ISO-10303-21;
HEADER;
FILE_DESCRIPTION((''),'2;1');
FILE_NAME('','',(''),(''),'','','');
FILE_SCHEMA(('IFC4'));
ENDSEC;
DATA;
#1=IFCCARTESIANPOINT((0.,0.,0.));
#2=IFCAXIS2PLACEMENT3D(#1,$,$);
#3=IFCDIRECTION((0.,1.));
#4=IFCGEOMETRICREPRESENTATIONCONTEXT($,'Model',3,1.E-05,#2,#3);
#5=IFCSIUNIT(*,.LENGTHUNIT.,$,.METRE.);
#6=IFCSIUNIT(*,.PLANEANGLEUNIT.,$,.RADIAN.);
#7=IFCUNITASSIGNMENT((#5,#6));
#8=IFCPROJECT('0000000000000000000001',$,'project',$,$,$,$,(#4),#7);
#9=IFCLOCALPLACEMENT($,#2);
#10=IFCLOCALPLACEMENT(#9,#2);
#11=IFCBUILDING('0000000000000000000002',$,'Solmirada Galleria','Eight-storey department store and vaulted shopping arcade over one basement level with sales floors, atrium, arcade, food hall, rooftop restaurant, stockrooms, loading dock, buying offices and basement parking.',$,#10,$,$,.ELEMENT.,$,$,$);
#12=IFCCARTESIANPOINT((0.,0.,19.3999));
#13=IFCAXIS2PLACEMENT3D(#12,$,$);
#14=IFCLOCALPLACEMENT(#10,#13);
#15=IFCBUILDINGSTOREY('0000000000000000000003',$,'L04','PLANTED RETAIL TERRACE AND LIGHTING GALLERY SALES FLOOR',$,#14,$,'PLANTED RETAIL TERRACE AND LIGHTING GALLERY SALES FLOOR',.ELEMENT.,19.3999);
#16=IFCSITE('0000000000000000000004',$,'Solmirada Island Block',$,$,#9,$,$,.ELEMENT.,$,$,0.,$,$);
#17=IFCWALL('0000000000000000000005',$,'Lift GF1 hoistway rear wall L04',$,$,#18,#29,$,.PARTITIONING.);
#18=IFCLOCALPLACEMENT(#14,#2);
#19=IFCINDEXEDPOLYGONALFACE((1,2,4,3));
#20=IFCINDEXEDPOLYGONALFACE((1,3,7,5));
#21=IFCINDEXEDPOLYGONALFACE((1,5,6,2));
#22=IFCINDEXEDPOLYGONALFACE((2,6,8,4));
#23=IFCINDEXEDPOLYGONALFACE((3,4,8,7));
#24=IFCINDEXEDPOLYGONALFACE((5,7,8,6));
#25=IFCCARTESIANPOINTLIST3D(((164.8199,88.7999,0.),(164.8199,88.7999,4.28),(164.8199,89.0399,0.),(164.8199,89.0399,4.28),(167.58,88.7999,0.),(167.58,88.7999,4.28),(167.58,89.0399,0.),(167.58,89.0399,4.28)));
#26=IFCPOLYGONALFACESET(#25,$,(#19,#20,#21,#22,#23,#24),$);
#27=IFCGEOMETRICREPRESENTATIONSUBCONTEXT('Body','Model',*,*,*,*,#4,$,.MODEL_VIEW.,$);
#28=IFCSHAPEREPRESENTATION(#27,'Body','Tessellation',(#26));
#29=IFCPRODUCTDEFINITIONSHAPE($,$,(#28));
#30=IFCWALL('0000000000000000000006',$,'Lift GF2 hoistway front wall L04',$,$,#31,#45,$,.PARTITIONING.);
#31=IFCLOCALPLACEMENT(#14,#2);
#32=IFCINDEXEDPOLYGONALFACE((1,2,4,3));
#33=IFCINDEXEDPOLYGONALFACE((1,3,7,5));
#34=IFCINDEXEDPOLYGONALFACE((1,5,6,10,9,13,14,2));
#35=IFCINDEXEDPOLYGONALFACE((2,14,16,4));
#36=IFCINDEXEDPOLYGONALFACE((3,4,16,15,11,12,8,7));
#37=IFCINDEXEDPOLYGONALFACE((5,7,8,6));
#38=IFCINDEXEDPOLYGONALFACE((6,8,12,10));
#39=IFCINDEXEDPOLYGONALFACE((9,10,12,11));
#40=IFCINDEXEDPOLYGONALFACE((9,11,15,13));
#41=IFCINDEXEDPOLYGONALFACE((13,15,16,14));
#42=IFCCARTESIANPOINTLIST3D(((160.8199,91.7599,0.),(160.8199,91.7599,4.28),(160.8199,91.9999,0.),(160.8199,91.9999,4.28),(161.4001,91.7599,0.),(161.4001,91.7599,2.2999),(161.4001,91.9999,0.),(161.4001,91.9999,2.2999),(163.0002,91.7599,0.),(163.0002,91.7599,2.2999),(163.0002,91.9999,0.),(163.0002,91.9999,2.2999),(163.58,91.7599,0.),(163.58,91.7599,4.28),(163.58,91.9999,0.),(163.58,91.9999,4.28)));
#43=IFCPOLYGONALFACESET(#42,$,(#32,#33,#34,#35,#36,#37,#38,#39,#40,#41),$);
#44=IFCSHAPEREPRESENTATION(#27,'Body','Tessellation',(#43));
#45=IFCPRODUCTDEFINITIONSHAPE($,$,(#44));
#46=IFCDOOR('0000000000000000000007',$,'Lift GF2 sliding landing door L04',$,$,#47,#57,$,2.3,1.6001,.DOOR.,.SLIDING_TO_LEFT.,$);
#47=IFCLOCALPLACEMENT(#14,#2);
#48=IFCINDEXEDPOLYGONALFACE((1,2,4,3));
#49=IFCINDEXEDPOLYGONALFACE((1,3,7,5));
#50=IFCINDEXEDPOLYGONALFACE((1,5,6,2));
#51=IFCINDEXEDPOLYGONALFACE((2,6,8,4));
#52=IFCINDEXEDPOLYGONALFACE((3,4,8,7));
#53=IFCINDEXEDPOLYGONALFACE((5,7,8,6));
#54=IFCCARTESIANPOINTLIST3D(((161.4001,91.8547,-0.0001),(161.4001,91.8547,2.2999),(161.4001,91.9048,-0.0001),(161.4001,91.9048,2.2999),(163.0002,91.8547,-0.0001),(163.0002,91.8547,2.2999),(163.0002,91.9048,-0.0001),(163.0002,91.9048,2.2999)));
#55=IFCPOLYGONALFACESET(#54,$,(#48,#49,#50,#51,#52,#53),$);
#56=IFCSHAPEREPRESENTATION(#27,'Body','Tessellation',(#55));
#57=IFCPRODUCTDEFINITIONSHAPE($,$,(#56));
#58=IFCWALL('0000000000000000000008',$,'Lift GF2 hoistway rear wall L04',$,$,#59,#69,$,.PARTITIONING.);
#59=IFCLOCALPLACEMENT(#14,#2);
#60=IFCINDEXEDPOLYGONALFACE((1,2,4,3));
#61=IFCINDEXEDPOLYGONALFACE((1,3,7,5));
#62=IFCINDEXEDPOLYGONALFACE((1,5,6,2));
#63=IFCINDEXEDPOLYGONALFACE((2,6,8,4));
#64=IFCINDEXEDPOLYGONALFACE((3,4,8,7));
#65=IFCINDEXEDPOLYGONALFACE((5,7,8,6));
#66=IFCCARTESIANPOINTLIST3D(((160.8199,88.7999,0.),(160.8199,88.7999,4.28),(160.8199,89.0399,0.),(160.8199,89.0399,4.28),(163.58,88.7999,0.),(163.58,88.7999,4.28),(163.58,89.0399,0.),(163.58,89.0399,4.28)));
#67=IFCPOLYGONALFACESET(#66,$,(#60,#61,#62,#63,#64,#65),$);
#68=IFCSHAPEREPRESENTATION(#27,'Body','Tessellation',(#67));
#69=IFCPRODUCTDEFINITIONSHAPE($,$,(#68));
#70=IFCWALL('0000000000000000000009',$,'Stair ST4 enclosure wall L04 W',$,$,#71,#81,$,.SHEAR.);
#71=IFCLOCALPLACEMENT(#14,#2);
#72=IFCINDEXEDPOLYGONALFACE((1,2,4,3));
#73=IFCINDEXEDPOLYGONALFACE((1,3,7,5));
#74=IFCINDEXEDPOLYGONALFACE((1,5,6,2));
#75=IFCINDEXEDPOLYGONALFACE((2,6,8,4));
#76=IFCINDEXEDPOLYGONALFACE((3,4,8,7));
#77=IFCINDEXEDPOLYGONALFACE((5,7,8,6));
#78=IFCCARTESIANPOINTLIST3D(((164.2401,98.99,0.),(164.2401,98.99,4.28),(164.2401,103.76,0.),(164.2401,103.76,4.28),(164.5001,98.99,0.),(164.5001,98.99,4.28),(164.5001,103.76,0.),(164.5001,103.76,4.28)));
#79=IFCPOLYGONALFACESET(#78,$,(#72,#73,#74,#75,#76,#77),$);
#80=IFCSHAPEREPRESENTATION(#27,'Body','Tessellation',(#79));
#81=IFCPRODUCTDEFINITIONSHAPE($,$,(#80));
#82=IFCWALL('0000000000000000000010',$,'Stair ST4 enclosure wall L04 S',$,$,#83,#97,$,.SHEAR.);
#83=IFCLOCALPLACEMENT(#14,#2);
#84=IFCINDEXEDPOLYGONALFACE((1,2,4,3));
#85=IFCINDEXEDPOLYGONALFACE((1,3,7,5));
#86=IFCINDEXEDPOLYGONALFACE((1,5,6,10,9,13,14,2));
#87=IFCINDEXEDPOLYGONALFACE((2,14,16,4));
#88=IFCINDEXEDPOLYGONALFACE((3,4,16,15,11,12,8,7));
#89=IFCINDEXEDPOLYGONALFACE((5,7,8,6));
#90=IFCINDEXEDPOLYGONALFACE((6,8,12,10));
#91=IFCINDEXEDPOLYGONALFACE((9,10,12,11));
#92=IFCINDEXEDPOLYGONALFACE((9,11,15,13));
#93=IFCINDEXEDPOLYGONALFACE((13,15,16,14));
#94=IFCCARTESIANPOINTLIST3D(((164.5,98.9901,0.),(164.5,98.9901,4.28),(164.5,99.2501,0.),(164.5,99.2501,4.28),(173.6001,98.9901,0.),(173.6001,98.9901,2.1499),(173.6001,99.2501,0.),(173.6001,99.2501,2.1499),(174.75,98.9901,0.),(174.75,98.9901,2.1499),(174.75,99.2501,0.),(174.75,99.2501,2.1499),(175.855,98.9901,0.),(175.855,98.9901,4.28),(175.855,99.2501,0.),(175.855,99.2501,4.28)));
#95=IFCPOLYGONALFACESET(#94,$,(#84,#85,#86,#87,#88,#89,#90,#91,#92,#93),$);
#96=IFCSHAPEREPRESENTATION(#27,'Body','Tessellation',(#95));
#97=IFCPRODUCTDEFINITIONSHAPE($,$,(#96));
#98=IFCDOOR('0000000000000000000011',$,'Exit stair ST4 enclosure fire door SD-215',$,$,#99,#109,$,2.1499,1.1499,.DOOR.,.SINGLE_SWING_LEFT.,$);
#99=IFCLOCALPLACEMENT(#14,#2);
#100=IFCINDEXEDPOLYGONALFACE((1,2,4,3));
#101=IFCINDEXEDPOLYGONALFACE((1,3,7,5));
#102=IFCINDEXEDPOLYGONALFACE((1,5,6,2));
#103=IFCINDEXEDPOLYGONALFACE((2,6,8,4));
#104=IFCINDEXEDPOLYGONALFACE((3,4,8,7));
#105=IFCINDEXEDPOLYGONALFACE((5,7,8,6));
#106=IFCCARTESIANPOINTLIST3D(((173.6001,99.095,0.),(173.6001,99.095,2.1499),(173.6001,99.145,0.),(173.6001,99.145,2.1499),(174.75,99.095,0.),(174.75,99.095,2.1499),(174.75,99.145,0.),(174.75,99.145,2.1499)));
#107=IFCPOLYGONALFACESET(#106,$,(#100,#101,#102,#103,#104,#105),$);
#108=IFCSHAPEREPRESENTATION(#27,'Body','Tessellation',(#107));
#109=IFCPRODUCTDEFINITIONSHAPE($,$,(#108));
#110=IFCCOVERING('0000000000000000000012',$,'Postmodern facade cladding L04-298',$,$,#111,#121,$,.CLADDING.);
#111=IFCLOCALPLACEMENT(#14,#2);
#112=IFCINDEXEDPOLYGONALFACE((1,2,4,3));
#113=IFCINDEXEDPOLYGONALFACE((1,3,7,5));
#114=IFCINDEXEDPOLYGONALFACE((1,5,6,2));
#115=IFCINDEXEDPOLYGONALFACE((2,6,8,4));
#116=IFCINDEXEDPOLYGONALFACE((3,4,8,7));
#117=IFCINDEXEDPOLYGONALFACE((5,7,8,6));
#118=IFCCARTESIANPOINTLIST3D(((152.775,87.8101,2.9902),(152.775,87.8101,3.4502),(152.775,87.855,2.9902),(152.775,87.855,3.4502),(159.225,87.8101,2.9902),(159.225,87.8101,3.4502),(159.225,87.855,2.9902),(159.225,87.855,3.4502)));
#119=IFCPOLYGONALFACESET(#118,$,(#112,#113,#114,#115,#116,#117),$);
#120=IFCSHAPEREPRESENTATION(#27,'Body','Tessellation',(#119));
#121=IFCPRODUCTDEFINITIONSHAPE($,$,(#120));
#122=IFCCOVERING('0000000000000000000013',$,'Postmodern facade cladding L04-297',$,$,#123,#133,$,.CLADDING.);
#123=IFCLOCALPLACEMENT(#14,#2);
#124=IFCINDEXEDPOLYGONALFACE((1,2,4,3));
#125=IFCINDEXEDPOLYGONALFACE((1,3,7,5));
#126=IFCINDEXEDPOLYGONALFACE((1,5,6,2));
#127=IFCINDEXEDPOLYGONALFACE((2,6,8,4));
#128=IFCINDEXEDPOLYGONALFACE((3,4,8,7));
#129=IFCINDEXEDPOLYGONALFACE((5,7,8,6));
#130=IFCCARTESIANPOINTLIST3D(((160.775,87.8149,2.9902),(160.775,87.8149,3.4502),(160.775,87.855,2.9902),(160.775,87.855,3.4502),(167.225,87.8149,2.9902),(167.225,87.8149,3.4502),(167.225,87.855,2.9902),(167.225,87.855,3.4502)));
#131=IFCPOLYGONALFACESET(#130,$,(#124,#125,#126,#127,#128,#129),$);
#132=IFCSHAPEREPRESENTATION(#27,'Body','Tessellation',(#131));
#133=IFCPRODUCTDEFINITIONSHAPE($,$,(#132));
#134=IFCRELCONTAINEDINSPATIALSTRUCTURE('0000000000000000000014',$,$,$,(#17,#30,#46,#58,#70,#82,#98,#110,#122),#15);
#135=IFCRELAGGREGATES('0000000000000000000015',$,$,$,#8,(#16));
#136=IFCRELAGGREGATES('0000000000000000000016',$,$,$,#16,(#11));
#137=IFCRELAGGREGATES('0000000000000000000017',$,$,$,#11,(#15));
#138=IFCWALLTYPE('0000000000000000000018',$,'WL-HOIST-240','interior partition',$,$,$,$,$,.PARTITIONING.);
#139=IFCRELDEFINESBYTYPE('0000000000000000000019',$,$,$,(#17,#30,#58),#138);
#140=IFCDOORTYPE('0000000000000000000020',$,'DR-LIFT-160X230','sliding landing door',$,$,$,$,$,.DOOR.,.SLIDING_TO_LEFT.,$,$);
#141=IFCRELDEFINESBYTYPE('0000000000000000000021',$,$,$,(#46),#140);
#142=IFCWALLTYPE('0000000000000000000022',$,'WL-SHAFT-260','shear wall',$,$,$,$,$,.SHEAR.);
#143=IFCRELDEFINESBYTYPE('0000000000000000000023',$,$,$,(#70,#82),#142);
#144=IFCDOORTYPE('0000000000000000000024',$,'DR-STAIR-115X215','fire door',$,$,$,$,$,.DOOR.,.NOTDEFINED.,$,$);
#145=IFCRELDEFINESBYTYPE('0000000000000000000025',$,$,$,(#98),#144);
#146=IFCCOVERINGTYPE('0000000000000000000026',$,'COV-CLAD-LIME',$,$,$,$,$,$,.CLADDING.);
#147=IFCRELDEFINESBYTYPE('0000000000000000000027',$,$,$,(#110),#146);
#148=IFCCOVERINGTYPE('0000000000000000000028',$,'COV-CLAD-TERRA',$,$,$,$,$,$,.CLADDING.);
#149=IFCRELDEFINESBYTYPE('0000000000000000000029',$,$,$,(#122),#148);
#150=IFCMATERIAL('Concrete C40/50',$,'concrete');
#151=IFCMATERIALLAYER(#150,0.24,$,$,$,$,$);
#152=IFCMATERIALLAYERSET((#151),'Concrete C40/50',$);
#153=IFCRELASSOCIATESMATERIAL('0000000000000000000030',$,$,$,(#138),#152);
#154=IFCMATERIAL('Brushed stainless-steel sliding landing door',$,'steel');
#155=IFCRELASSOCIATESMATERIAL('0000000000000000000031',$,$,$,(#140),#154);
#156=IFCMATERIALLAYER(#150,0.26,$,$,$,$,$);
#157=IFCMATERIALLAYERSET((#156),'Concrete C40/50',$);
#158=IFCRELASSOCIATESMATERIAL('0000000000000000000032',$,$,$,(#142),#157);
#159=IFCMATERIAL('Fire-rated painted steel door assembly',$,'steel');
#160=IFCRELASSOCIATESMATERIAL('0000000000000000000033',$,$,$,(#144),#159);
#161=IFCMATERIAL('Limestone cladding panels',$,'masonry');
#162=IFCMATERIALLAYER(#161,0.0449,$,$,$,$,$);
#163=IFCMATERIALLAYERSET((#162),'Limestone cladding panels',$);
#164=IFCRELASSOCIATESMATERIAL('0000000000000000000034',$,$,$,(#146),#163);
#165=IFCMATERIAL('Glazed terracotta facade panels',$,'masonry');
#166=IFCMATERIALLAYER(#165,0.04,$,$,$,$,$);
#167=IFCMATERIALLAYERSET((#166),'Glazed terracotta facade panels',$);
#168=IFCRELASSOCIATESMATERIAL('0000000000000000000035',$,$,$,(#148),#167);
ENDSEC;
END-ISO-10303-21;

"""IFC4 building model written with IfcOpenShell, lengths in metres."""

from ifc_helpers import new_model, si_unit, direction, frame, frame_2d, origin, origin_2d, place, context, subcontext, project, spatial, rectangle, extrude, material, layer, layer_set, type_object, element, fill, save


model = new_model("IFC4")

# Units and contexts
model_context = context("Model", 3, precision=1e-05, world=origin(), true_north=direction((0.0, 1.0)))
body_context = subcontext(model_context, "Body", "Model", "MODEL_VIEW")
ifc_project = project(units=[si_unit("LENGTHUNIT", "METRE"), si_unit("PLANEANGLEUNIT", "RADIAN")], contexts=[model_context])

# Site, building, storey
site_placement = place(None, origin())
site = spatial("IfcSite", under=ifc_project, at=site_placement, Name="Solmirada Island Block", CompositionType="ELEMENT", RefElevation=0.0)
building_placement = place(site_placement, origin())
building = spatial("IfcBuilding", under=site, at=building_placement, Name="Solmirada Galleria", Description="Eight-storey department store and vaulted shopping arcade over one basement level with sales floors, atrium, arcade, food hall, rooftop restaurant, stockrooms, loading dock, buying offices and basement parking.", CompositionType="ELEMENT")
storey_placement = place(building_placement, frame((0.0, 0.0, 19.3999)))
storey = spatial("IfcBuildingStorey", under=building, at=storey_placement, Name="L04", Description="PLANTED RETAIL TERRACE AND LIGHTING GALLERY SALES FLOOR", LongName="PLANTED RETAIL TERRACE AND LIGHTING GALLERY SALES FLOOR", CompositionType="ELEMENT", Elevation=19.3999)

# Shared definitions
ifc_material_1 = material(Name="Concrete C40/50", Category="concrete")

# Shared definitions
ifc_layer_1 = layer(ifc_material_1, 0.24)
ifc_layer_set_1 = layer_set([ifc_layer_1], Name="Concrete C40/50")
wall_type_1 = type_object("IfcWallType", Name="WL-HOIST-240", Description="interior partition", PredefinedType="PARTITIONING", material=ifc_layer_set_1)
ifc_material_2 = material(Name="Brushed stainless-steel sliding landing door", Category="steel")
door_type_1 = type_object("IfcDoorType", Name="DR-LIFT-160X230", Description="sliding landing door", OperationType="SLIDING_TO_LEFT", PredefinedType="DOOR", material=ifc_material_2)

# Wall
wall_1_placement = place(storey_placement, frame((164.8201, 88.9199, 0.0), z_axis=(0.0, 0.0, 1.0), x_axis=(1.0, 0.0, 0.0)))
element("IfcWall", 1, at=wall_1_placement, inside=storey, type_object=wall_type_1, Name="Lift GF1 hoistway rear wall L04", PredefinedType="PARTITIONING", context=body_context, shape_type="SweptSolid", body=[
    extrude(rectangle(XDim=2.76, YDim=0.24, at=frame_2d((1.3799, 0.0))), origin(), (0.0, 0.0, 1.0), 4.28),
])

# Wall, opening, door
wall_2_placement = place(storey_placement, frame((160.8201, 91.8799, 0.0), z_axis=(0.0, 0.0, 1.0), x_axis=(1.0, 0.0, 0.0)))
wall_2 = element("IfcWall", 2, at=wall_2_placement, inside=storey, type_object=wall_type_1, Name="Lift GF2 hoistway front wall L04", PredefinedType="PARTITIONING", context=body_context, shape_type="SweptSolid", body=[
    extrude(rectangle(XDim=2.76, YDim=0.24, at=frame_2d((1.3799, 0.0))), origin(), (0.0, 0.0, 1.0), 4.28),
])
opening_1_placement = place(wall_2_placement, frame((0.5801, 0.0, 0.0)))
opening_1 = element("IfcOpeningElement", 3, at=opening_1_placement, cuts=wall_2, PredefinedType="OPENING", context=body_context, shape_type="SweptSolid", body=[
    extrude(rectangle(XDim=1.6001, YDim=2.3, at=frame_2d((0.8, 1.1499))), frame((0.0, 0.1299, 0.0), z_axis=(0.0, -1.0, 0.0), x_axis=(1.0, 0.0, 0.0)), (0.0, 0.0, 1.0), 0.26),
])
door_1_placement = place(opening_1_placement, origin())
door_1 = element("IfcDoor", 4, at=door_1_placement, inside=storey, type_object=door_type_1, Name="Lift GF2 sliding landing door L04", OperationType="SLIDING_TO_LEFT", OverallHeight=2.3, OverallWidth=1.6001, PredefinedType="DOOR", context=body_context, shape_type="SweptSolid", body=[
    extrude(rectangle(XDim=1.6001, YDim=2.3, at=frame_2d((0.8, 1.1499))), frame((0.0, 0.0249, 0.0), z_axis=(0.0, -1.0, 0.0), x_axis=(1.0, 0.0, 0.0)), (0.0, 0.0, 1.0), 0.05),
])
fill(opening_1, door_1)

# Walls
wall_3_placement = place(storey_placement, frame((160.8201, 88.9199, 0.0), z_axis=(0.0, 0.0, 1.0), x_axis=(1.0, 0.0, 0.0)))
element("IfcWall", 5, at=wall_3_placement, inside=storey, type_object=wall_type_1, Name="Lift GF2 hoistway rear wall L04", PredefinedType="PARTITIONING", context=body_context, shape_type="SweptSolid", body=[
    extrude(rectangle(XDim=2.76, YDim=0.24, at=frame_2d((1.3799, 0.0))), origin(), (0.0, 0.0, 1.0), 4.28),
])
ifc_layer_2 = layer(ifc_material_1, 0.26)
ifc_layer_set_2 = layer_set([ifc_layer_2], Name="Concrete C40/50")
wall_type_2 = type_object("IfcWallType", Name="WL-SHAFT-260", Description="shear wall", PredefinedType="SHEAR", material=ifc_layer_set_2)
wall_4_placement = place(storey_placement, frame((164.3701, 98.99, 0.0), z_axis=(0.0, 0.0, 1.0), x_axis=(0.0, 1.0, 0.0)))
element("IfcWall", 6, at=wall_4_placement, inside=storey, type_object=wall_type_2, Name="Stair ST4 enclosure wall L04 W", PredefinedType="SHEAR", context=body_context, shape_type="SweptSolid", body=[
    extrude(rectangle(XDim=4.77, YDim=0.26, at=frame_2d((2.385, 0.0))), origin(), (0.0, 0.0, 1.0), 4.28),
])

# Wall, opening, door
wall_5_placement = place(storey_placement, frame((164.5, 99.1201, 0.0), z_axis=(0.0, 0.0, 1.0), x_axis=(1.0, 0.0, 0.0)))
wall_5 = element("IfcWall", 7, at=wall_5_placement, inside=storey, type_object=wall_type_2, Name="Stair ST4 enclosure wall L04 S", PredefinedType="SHEAR", context=body_context, shape_type="SweptSolid", body=[
    extrude(rectangle(XDim=11.355, YDim=0.26, at=frame_2d((5.6775, 0.0))), origin(), (0.0, 0.0, 1.0), 4.28),
])
opening_2_placement = place(wall_5_placement, frame((9.1001, 0.0, 0.0)))
opening_2 = element("IfcOpeningElement", 8, at=opening_2_placement, cuts=wall_5, PredefinedType="OPENING", context=body_context, shape_type="SweptSolid", body=[
    extrude(rectangle(XDim=1.1499, YDim=2.1499, at=frame_2d((0.575, 1.075))), frame((0.0, 0.1399, 0.0), z_axis=(0.0, -1.0, 0.0), x_axis=(1.0, 0.0, 0.0)), (0.0, 0.0, 1.0), 0.28),
])
ifc_material_3 = material(Name="Fire-rated painted steel door assembly", Category="steel")
door_type_2 = type_object("IfcDoorType", Name="DR-STAIR-115X215", Description="fire door", OperationType="NOTDEFINED", PredefinedType="DOOR", material=ifc_material_3)
door_2_placement = place(opening_2_placement, origin())
door_2 = element("IfcDoor", 9, at=door_2_placement, inside=storey, type_object=door_type_2, Name="Exit stair ST4 enclosure fire door SD-215", OperationType="SINGLE_SWING_LEFT", OverallHeight=2.1499, OverallWidth=1.1499, PredefinedType="DOOR", context=body_context, shape_type="SweptSolid", body=[
    extrude(rectangle(XDim=1.1499, YDim=2.1499, at=frame_2d((0.575, 1.075))), frame((0.0, 0.0249, 0.0), z_axis=(0.0, -1.0, 0.0), x_axis=(1.0, 0.0, 0.0)), (0.0, 0.0, 1.0), 0.05),
])
fill(opening_2, door_2)

# Coverings
ifc_material_4 = material(Name="Limestone cladding panels", Category="masonry")
ifc_layer_3 = layer(ifc_material_4, 0.0449)
ifc_layer_set_3 = layer_set([ifc_layer_3], Name="Limestone cladding panels")
covering_type_1 = type_object("IfcCoveringType", Name="COV-CLAD-LIME", PredefinedType="CLADDING", material=ifc_layer_set_3)
covering_1_placement = place(storey_placement, frame((156.0, 87.8325, 2.9902), z_axis=(0.0, 0.0, 1.0), x_axis=(-1.0, 0.0, 0.0)))
element("IfcCovering", 10, at=covering_1_placement, inside=storey, type_object=covering_type_1, Name="Postmodern facade cladding L04-298", PredefinedType="CLADDING", context=body_context, shape_type="SweptSolid", body=[
    extrude(rectangle(XDim=6.45, YDim=0.0449, at=origin_2d()), origin(), (0.0, 0.0, 1.0), 0.46),
])
ifc_material_5 = material(Name="Glazed terracotta facade panels", Category="masonry")
ifc_layer_4 = layer(ifc_material_5, 0.04)
ifc_layer_set_4 = layer_set([ifc_layer_4], Name="Glazed terracotta facade panels")
covering_type_2 = type_object("IfcCoveringType", Name="COV-CLAD-TERRA", PredefinedType="CLADDING", material=ifc_layer_set_4)
covering_2_placement = place(storey_placement, frame((164.0, 87.835, 2.9902), z_axis=(0.0, 0.0, 1.0), x_axis=(-1.0, 0.0, 0.0)))
element("IfcCovering", 11, at=covering_2_placement, inside=storey, type_object=covering_type_2, Name="Postmodern facade cladding L04-297", PredefinedType="CLADDING", context=body_context, shape_type="SweptSolid", body=[
    extrude(rectangle(XDim=6.45, YDim=0.04, at=origin_2d()), origin(), (0.0, 0.0, 1.0), 0.46),
])

save(model, "model.ifc")
